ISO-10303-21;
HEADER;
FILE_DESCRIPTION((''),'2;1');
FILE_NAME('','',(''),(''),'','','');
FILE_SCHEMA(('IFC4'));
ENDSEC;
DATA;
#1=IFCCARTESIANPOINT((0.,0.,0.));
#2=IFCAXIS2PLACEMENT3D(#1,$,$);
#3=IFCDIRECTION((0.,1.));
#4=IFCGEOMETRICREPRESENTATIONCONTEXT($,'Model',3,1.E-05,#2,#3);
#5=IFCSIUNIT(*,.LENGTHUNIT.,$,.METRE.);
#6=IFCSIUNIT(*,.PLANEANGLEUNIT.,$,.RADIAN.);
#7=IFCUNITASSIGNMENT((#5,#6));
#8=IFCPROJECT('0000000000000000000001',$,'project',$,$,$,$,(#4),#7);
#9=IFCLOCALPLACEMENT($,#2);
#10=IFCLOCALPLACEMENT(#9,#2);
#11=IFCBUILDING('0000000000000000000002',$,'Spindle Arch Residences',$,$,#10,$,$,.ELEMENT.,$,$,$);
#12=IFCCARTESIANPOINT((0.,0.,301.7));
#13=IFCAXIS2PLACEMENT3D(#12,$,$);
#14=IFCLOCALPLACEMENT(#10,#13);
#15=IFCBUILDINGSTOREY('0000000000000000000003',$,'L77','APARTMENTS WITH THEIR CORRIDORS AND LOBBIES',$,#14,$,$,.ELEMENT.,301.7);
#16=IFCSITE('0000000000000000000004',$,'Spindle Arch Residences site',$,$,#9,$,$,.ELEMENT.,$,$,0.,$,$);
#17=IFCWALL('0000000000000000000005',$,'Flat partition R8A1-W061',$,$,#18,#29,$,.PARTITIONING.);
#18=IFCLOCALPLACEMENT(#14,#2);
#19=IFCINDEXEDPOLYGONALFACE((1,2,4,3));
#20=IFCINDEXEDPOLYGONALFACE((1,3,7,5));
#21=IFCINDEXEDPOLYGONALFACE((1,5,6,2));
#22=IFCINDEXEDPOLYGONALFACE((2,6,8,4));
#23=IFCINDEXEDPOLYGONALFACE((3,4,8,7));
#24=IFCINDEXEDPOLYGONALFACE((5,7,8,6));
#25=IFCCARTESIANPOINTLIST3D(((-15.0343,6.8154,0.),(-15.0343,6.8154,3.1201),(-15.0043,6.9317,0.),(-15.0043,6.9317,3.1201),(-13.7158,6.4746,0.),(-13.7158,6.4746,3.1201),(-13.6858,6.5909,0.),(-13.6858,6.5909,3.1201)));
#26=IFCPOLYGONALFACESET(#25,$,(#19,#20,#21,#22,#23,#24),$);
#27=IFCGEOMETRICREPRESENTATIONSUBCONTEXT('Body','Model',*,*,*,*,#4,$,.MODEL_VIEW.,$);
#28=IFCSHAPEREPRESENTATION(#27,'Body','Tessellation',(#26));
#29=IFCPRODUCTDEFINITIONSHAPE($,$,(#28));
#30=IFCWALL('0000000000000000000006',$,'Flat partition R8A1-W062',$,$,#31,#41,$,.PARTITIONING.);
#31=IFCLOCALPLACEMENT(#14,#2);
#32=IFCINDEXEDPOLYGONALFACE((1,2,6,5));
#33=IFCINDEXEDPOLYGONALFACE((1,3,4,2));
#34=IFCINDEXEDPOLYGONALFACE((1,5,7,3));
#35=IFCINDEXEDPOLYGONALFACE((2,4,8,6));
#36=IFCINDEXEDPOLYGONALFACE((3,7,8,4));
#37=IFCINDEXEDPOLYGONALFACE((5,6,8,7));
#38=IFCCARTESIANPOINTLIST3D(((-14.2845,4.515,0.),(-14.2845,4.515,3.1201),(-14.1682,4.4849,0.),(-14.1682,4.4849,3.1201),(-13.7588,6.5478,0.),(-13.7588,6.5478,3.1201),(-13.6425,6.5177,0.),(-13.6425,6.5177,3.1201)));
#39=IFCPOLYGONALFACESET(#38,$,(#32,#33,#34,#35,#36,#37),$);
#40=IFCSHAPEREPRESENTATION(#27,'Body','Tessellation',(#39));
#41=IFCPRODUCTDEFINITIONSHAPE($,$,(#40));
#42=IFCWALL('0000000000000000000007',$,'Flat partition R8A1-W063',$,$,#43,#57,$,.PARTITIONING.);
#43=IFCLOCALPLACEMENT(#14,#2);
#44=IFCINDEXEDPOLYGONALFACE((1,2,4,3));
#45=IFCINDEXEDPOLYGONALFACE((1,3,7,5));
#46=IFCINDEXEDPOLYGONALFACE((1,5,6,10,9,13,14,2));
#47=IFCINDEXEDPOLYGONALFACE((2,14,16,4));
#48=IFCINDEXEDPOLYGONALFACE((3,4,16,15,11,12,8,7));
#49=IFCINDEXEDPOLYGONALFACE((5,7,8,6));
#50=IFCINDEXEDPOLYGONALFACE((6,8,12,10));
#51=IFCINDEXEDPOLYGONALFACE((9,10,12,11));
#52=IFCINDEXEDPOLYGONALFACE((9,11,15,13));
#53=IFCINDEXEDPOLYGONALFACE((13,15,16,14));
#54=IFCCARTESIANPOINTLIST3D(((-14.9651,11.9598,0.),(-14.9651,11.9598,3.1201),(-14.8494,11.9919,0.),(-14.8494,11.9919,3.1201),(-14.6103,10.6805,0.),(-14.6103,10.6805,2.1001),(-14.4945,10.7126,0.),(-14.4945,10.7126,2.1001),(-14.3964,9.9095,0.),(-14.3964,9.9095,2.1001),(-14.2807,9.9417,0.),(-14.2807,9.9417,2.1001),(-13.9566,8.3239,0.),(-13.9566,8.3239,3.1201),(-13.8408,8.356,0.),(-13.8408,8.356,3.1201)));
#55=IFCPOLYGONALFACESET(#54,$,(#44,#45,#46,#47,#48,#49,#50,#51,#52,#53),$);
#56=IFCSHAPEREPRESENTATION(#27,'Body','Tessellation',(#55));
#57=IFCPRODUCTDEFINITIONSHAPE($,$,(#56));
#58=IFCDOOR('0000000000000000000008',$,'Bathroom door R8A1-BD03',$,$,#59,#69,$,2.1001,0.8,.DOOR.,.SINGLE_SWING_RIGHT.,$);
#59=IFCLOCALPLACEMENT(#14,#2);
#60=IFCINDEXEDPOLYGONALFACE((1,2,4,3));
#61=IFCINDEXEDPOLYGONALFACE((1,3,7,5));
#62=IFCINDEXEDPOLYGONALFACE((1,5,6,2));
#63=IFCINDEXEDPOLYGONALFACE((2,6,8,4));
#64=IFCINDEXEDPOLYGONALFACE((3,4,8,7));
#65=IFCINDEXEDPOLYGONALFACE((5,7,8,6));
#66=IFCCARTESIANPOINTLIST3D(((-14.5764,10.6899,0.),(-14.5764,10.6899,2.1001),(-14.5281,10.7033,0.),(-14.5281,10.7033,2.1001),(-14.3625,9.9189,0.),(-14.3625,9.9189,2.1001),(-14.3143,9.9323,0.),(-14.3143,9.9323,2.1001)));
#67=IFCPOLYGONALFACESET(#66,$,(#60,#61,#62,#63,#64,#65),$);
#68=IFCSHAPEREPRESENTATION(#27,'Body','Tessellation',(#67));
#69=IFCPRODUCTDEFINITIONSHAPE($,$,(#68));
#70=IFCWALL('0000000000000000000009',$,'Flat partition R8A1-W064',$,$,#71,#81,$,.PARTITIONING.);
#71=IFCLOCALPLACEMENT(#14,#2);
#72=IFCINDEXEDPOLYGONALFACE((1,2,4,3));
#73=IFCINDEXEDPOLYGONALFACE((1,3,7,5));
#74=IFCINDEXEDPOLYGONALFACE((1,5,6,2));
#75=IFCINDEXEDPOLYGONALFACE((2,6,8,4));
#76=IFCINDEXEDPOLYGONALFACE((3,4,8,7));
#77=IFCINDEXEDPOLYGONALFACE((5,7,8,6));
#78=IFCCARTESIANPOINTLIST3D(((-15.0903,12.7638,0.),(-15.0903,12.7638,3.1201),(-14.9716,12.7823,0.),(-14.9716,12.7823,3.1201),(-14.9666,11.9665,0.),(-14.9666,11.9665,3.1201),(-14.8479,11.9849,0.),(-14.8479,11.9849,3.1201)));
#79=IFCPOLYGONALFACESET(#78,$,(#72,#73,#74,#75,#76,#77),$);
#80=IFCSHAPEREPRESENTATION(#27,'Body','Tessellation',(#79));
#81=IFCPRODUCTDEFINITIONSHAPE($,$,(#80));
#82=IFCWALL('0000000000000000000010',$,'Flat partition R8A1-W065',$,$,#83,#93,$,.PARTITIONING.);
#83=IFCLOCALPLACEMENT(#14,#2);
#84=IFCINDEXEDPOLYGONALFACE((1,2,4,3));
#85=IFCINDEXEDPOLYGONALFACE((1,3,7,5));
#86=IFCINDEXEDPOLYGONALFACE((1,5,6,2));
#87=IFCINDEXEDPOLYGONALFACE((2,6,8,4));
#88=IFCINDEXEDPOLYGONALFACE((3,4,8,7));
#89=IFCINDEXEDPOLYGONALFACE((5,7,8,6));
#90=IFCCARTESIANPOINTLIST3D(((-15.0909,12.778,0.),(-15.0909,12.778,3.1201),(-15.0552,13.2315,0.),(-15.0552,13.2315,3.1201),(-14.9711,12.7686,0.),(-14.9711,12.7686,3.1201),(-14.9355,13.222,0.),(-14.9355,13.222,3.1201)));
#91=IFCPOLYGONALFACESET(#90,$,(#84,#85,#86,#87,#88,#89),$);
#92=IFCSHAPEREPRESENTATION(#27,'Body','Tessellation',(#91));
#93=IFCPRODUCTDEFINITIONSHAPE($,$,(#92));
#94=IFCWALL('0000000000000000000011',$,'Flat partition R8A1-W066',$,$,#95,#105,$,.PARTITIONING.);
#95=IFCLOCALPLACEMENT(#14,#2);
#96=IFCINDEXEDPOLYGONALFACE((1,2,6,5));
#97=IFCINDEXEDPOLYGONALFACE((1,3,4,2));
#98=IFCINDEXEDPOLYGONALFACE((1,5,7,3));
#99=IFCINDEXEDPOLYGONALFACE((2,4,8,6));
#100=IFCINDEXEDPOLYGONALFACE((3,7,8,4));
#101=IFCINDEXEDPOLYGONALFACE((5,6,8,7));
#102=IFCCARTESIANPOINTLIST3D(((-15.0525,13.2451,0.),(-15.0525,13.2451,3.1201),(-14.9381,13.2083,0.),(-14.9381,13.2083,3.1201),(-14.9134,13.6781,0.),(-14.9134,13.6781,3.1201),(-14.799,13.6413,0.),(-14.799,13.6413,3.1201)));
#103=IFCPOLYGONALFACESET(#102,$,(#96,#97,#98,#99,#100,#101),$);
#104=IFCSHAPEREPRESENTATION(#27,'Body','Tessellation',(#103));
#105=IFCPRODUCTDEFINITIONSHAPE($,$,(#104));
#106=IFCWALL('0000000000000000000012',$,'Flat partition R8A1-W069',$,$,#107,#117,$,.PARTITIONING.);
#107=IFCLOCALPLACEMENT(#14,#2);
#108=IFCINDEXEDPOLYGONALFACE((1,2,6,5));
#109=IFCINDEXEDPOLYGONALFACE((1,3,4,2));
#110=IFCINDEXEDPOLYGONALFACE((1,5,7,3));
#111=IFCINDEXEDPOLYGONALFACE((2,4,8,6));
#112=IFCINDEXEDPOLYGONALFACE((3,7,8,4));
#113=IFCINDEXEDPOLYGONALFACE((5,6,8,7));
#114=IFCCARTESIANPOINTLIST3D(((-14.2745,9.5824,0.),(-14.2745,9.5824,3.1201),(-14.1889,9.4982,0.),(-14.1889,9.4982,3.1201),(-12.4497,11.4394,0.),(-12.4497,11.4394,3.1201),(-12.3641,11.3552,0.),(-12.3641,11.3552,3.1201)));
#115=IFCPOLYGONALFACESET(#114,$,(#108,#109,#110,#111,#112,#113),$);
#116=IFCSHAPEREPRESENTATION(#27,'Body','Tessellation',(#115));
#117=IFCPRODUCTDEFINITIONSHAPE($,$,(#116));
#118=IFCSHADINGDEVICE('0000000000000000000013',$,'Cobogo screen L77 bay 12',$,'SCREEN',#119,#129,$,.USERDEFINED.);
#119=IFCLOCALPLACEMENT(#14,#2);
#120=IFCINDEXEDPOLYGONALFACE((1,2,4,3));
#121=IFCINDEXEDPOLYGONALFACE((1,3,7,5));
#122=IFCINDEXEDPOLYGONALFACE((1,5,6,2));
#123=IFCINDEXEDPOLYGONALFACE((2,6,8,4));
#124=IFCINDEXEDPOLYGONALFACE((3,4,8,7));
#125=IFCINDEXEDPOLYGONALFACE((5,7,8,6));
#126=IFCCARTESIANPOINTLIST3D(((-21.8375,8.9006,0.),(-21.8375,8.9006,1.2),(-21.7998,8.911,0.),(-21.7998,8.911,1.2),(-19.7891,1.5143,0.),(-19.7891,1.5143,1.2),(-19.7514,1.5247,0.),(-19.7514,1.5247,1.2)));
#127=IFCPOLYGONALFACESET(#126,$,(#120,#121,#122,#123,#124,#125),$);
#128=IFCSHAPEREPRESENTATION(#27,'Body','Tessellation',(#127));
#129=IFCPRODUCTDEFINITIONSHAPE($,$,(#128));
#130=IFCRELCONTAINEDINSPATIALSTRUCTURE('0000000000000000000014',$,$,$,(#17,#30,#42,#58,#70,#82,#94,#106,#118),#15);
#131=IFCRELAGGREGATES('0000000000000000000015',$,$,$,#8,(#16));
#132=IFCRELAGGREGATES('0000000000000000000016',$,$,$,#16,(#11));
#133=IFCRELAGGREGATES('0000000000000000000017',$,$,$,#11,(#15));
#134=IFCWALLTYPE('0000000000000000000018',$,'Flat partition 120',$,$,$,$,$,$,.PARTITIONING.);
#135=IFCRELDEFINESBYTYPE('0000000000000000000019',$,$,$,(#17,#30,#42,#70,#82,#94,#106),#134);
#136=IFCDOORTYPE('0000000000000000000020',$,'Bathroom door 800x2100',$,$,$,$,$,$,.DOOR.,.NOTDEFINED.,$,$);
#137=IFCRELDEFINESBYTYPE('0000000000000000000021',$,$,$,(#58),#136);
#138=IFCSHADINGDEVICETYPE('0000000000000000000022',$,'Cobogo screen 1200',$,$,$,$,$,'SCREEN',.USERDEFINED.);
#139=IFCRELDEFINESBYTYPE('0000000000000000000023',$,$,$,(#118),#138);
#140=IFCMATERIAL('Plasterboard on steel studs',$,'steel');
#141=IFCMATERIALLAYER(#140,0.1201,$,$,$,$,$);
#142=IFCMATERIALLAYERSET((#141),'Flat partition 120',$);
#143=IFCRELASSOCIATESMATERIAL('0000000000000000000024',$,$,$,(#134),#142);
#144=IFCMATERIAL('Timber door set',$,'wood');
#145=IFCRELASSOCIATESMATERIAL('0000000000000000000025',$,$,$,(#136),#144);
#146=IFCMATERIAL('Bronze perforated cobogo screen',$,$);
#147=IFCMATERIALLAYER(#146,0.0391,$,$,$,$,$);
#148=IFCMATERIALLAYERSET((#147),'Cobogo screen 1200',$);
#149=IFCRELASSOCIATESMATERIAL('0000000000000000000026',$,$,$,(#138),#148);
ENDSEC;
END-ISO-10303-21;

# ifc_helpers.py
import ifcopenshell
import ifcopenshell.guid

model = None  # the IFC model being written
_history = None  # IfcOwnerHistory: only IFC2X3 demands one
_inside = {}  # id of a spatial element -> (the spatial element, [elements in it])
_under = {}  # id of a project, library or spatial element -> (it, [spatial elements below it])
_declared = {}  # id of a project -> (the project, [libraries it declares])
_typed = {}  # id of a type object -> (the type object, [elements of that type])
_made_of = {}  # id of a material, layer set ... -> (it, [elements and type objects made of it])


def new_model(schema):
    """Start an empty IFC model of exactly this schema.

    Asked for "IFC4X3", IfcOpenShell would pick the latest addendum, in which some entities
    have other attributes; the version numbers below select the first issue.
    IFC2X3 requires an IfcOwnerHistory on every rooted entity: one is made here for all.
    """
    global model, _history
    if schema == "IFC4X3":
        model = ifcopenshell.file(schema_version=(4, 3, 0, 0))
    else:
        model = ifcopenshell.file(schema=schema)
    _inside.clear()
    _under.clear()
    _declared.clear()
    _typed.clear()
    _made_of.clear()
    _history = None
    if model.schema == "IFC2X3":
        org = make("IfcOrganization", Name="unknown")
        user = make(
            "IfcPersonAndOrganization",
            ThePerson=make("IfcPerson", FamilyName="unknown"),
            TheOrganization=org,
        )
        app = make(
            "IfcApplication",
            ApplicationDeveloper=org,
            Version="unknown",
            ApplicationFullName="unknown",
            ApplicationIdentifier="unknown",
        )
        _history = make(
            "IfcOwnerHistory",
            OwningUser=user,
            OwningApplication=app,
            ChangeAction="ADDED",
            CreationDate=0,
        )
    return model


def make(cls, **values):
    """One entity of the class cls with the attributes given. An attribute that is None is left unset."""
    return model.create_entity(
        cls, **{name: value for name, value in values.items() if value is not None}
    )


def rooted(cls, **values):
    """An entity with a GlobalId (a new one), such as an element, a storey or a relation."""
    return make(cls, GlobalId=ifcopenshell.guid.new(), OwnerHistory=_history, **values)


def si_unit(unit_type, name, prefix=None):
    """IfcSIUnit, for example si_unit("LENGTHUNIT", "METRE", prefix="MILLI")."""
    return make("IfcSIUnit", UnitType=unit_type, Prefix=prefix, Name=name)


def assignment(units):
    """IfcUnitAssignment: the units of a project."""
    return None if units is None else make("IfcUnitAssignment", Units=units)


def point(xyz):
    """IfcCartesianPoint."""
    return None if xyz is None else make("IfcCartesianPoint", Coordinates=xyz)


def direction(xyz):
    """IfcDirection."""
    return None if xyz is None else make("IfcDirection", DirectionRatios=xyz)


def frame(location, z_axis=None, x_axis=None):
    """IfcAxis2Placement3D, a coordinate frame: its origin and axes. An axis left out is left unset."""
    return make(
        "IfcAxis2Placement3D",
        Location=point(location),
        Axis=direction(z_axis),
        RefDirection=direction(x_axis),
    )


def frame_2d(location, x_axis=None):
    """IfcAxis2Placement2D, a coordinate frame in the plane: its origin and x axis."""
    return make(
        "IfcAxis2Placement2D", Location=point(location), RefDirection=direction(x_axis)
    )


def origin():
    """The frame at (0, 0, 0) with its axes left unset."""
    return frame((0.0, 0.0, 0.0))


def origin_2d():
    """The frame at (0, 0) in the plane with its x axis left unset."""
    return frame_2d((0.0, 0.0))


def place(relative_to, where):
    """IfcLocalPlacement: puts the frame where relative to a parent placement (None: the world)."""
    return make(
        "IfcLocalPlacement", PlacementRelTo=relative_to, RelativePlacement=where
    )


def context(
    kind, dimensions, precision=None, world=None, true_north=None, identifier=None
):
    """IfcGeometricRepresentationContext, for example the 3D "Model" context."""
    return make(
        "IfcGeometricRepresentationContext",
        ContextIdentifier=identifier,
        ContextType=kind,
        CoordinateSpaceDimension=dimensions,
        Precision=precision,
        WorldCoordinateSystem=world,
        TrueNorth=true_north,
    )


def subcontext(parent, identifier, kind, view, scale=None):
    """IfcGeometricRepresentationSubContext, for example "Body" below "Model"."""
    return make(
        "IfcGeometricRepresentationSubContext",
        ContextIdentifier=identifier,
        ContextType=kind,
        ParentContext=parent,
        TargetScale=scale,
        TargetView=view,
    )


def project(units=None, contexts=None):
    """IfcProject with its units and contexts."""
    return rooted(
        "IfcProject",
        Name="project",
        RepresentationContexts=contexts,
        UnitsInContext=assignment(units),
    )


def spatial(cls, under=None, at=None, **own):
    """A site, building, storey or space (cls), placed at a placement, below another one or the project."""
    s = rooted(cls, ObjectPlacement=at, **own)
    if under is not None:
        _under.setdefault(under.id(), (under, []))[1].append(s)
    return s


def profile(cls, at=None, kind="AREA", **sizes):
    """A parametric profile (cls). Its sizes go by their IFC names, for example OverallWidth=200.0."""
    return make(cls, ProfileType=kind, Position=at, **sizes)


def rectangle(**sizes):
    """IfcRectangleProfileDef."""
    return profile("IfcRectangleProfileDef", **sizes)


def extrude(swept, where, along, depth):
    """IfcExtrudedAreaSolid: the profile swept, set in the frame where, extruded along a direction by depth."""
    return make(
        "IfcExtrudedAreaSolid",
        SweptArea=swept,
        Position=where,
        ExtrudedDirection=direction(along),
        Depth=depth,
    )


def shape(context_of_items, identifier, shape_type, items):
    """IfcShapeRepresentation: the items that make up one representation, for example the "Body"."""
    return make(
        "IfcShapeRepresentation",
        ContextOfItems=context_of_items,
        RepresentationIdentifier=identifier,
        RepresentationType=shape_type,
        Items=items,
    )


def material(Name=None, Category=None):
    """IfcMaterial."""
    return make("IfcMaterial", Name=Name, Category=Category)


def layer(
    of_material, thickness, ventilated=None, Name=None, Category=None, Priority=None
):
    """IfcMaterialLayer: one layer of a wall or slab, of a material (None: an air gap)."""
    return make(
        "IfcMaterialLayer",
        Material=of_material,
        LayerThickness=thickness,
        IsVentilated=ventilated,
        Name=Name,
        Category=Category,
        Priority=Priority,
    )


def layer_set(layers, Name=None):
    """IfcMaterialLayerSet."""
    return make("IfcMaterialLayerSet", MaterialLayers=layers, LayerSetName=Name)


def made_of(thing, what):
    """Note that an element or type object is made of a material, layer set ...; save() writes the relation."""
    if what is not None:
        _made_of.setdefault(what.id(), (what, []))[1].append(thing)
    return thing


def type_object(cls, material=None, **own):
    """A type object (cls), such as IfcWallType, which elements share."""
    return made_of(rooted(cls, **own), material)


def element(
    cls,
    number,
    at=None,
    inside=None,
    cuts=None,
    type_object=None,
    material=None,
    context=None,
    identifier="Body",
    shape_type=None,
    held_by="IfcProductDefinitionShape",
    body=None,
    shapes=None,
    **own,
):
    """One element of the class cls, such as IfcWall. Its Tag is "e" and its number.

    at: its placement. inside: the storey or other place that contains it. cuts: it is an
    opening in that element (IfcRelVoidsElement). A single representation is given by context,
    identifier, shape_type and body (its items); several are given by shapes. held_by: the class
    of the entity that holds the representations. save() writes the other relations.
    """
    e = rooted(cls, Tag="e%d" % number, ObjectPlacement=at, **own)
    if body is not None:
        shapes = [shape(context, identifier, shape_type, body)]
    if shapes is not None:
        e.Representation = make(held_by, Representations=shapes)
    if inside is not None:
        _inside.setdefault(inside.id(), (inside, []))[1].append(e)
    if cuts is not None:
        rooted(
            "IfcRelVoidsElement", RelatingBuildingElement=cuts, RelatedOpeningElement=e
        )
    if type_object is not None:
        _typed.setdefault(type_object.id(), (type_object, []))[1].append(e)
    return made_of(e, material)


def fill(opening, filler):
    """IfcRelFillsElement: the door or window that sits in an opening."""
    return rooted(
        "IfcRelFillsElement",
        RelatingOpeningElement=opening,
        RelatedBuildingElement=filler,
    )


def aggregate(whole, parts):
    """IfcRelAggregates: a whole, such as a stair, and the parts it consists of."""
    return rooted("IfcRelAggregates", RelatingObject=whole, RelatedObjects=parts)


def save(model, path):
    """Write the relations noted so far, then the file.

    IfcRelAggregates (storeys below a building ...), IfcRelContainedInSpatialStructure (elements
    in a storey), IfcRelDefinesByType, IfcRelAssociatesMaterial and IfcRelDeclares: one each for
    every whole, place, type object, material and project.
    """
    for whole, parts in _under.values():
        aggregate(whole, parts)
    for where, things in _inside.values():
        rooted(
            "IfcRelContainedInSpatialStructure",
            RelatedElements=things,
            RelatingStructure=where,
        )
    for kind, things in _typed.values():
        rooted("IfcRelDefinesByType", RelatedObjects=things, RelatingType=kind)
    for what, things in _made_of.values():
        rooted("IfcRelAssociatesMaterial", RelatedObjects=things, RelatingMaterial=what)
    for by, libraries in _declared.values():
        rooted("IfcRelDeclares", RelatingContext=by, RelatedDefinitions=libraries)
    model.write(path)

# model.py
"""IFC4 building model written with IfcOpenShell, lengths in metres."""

from ifc_helpers import new_model, si_unit, direction, frame, frame_2d, origin, origin_2d, place, context, subcontext, project, spatial, rectangle, extrude, material, layer, layer_set, type_object, element, fill, save


model = new_model("IFC4")

# Units and contexts
model_context = context("Model", 3, precision=1e-05, world=origin(), true_north=direction((0.0, 1.0)))
body_context = subcontext(model_context, "Body", "Model", "MODEL_VIEW")
ifc_project = project(units=[si_unit("LENGTHUNIT", "METRE"), si_unit("PLANEANGLEUNIT", "RADIAN")], contexts=[model_context])

# Site, building, storey
site_placement = place(None, origin())
site = spatial("IfcSite", under=ifc_project, at=site_placement, Name="Spindle Arch Residences site", CompositionType="ELEMENT", RefElevation=0.0)
building_placement = place(site_placement, origin())
building = spatial("IfcBuilding", under=site, at=building_placement, Name="Spindle Arch Residences", CompositionType="ELEMENT")
storey_placement = place(building_placement, frame((0.0, 0.0, 301.7)))
storey = spatial("IfcBuildingStorey", under=building, at=storey_placement, Name="L77", Description="APARTMENTS WITH THEIR CORRIDORS AND LOBBIES", CompositionType="ELEMENT", Elevation=301.7)

# Shared definitions
ifc_material_1 = material(Name="Plasterboard on steel studs", Category="steel")
ifc_layer_1 = layer(ifc_material_1, 0.1201)
ifc_layer_set_1 = layer_set([ifc_layer_1], Name="Flat partition 120")
wall_type_1 = type_object("IfcWallType", Name="Flat partition 120", PredefinedType="PARTITIONING", material=ifc_layer_set_1)

# Walls
wall_1_placement = place(storey_placement, frame((-15.0193, 6.8735, 0.0), z_axis=(0.0, 0.0, 1.0), x_axis=(0.968182, -0.250247, 0.0)))
element("IfcWall", 1, at=wall_1_placement, inside=storey, type_object=wall_type_1, Name="Flat partition R8A1-W061", PredefinedType="PARTITIONING", context=body_context, shape_type="SweptSolid", body=[
    extrude(rectangle(XDim=1.3618, YDim=0.1201, at=frame_2d((0.6809, 0.0))), origin(), (0.0, 0.0, 1.0), 3.1201),
])
wall_2_placement = place(storey_placement, frame((-13.7007, 6.5327, 0.0), z_axis=(0.0, 0.0, 1.0), x_axis=(-0.250353, -0.968155, 0.0)))
element("IfcWall", 2, at=wall_2_placement, inside=storey, type_object=wall_type_1, Name="Flat partition R8A1-W062", PredefinedType="PARTITIONING", context=body_context, shape_type="SweptSolid", body=[
    extrude(rectangle(XDim=2.0996, YDim=0.1201, at=frame_2d((1.0498, 0.0))), origin(), (0.0, 0.0, 1.0), 3.1201),
])

# Wall, opening, door
wall_3_placement = place(storey_placement, frame((-13.8987, 8.3398, 0.0), z_axis=(0.0, 0.0, 1.0), x_axis=(-0.267287, 0.963617, 0.0)))
wall_3 = element("IfcWall", 3, at=wall_3_placement, inside=storey, type_object=wall_type_1, Name="Flat partition R8A1-W063", PredefinedType="PARTITIONING", context=body_context, shape_type="SweptSolid", body=[
    extrude(rectangle(XDim=3.7732, YDim=0.1201, at=frame_2d((1.8867, 0.0))), origin(), (0.0, 0.0, 1.0), 3.1201),
])
opening_1_placement = place(wall_3_placement, frame((1.6458, 0.0, 0.0)))
opening_1 = element("IfcOpeningElement", 4, at=opening_1_placement, cuts=wall_3, PredefinedType="OPENING", context=body_context, shape_type="SweptSolid", body=[
    extrude(rectangle(XDim=0.8, YDim=2.1001, at=frame_2d((0.3999, 1.05))), frame((0.0, 0.0701, 0.0), z_axis=(0.0, -1.0, 0.0), x_axis=(1.0, 0.0, 0.0)), (0.0, 0.0, 1.0), 0.1401),
])
ifc_material_2 = material(Name="Timber door set", Category="wood")
door_type_1 = type_object("IfcDoorType", Name="Bathroom door 800x2100", OperationType="NOTDEFINED", PredefinedType="DOOR", material=ifc_material_2)
door_1_placement = place(opening_1_placement, origin())
door_1 = element("IfcDoor", 5, at=door_1_placement, inside=storey, type_object=door_type_1, Name="Bathroom door R8A1-BD03", OperationType="SINGLE_SWING_RIGHT", OverallHeight=2.1001, OverallWidth=0.8, PredefinedType="DOOR", context=body_context, shape_type="SweptSolid", body=[
    extrude(rectangle(XDim=0.8, YDim=2.1001, at=frame_2d((0.3999, 1.05))), frame((0.0, 0.0249, 0.0), z_axis=(0.0, -1.0, 0.0), x_axis=(1.0, 0.0, 0.0)), (0.0, 0.0, 1.0), 0.05),
])
fill(opening_1, door_1)

# Walls
wall_4_placement = place(storey_placement, frame((-14.9072, 11.9758, 0.0), z_axis=(0.0, 0.0, 1.0), x_axis=(-0.153398, 0.988164, 0.0)))
element("IfcWall", 6, at=wall_4_placement, inside=storey, type_object=wall_type_1, Name="Flat partition R8A1-W064", PredefinedType="PARTITIONING", context=body_context, shape_type="SweptSolid", body=[
    extrude(rectangle(XDim=0.8069, YDim=0.1201, at=frame_2d((0.4033, 0.0))), origin(), (0.0, 0.0, 1.0), 3.1201),
])
for number, where, z_axis, x_axis, name in (
    (7, (-15.031, 12.7732, 0.0), (0.0, 0.0, 1.0), (0.07838, 0.996924, 0.0), "Flat partition R8A1-W065"),
    (8, (-14.9954, 13.2266, 0.0), (0.0, 0.0, 1.0), (0.305905, 0.952062, 0.0), "Flat partition R8A1-W066"),
):
    element("IfcWall", number, at=place(storey_placement, frame(where, z_axis=z_axis, x_axis=x_axis)), inside=storey, type_object=wall_type_1, Name=name, PredefinedType="PARTITIONING", context=body_context, shape_type="SweptSolid", body=[
        extrude(rectangle(XDim=0.4548, YDim=0.1201, at=frame_2d((0.2275, 0.0))), origin(), (0.0, 0.0, 1.0), 3.1201),
    ])
wall_5_placement = place(storey_placement, frame((-14.2317, 9.5403, 0.0), z_axis=(0.0, 0.0, 1.0), x_axis=(0.70089, 0.713269, 0.0)))
element("IfcWall", 9, at=wall_5_placement, inside=storey, type_object=wall_type_1, Name="Flat partition R8A1-W069", PredefinedType="PARTITIONING", context=body_context, shape_type="SweptSolid", body=[
    extrude(rectangle(XDim=2.6035, YDim=0.1201, at=frame_2d((1.3018, 0.0))), origin(), (0.0, 0.0, 1.0), 3.1201),
])

# Shading device
ifc_material_3 = material(Name="Bronze perforated cobogo screen")
ifc_layer_2 = layer(ifc_material_3, 0.0391)
ifc_layer_set_2 = layer_set([ifc_layer_2], Name="Cobogo screen 1200")
shading_device_type = type_object("IfcShadingDeviceType", Name="Cobogo screen 1200", ElementType="SCREEN", PredefinedType="USERDEFINED", material=ifc_layer_set_2)
shading_device_placement = place(storey_placement, frame((-20.7944, 5.2126, 0.0), z_axis=(0.0, 0.0, 1.0), x_axis=(0.267238, -0.96363, 0.0)))
element("IfcShadingDevice", 10, at=shading_device_placement, inside=storey, type_object=shading_device_type, Name="Cobogo screen L77 bay 12", ObjectType="SCREEN", PredefinedType="USERDEFINED", context=body_context, shape_type="SweptSolid", body=[
    extrude(rectangle(XDim=7.665, YDim=0.0391, at=origin_2d()), origin(), (0.0, 0.0, 1.0), 1.2),
])

save(model, "model.ifc")
